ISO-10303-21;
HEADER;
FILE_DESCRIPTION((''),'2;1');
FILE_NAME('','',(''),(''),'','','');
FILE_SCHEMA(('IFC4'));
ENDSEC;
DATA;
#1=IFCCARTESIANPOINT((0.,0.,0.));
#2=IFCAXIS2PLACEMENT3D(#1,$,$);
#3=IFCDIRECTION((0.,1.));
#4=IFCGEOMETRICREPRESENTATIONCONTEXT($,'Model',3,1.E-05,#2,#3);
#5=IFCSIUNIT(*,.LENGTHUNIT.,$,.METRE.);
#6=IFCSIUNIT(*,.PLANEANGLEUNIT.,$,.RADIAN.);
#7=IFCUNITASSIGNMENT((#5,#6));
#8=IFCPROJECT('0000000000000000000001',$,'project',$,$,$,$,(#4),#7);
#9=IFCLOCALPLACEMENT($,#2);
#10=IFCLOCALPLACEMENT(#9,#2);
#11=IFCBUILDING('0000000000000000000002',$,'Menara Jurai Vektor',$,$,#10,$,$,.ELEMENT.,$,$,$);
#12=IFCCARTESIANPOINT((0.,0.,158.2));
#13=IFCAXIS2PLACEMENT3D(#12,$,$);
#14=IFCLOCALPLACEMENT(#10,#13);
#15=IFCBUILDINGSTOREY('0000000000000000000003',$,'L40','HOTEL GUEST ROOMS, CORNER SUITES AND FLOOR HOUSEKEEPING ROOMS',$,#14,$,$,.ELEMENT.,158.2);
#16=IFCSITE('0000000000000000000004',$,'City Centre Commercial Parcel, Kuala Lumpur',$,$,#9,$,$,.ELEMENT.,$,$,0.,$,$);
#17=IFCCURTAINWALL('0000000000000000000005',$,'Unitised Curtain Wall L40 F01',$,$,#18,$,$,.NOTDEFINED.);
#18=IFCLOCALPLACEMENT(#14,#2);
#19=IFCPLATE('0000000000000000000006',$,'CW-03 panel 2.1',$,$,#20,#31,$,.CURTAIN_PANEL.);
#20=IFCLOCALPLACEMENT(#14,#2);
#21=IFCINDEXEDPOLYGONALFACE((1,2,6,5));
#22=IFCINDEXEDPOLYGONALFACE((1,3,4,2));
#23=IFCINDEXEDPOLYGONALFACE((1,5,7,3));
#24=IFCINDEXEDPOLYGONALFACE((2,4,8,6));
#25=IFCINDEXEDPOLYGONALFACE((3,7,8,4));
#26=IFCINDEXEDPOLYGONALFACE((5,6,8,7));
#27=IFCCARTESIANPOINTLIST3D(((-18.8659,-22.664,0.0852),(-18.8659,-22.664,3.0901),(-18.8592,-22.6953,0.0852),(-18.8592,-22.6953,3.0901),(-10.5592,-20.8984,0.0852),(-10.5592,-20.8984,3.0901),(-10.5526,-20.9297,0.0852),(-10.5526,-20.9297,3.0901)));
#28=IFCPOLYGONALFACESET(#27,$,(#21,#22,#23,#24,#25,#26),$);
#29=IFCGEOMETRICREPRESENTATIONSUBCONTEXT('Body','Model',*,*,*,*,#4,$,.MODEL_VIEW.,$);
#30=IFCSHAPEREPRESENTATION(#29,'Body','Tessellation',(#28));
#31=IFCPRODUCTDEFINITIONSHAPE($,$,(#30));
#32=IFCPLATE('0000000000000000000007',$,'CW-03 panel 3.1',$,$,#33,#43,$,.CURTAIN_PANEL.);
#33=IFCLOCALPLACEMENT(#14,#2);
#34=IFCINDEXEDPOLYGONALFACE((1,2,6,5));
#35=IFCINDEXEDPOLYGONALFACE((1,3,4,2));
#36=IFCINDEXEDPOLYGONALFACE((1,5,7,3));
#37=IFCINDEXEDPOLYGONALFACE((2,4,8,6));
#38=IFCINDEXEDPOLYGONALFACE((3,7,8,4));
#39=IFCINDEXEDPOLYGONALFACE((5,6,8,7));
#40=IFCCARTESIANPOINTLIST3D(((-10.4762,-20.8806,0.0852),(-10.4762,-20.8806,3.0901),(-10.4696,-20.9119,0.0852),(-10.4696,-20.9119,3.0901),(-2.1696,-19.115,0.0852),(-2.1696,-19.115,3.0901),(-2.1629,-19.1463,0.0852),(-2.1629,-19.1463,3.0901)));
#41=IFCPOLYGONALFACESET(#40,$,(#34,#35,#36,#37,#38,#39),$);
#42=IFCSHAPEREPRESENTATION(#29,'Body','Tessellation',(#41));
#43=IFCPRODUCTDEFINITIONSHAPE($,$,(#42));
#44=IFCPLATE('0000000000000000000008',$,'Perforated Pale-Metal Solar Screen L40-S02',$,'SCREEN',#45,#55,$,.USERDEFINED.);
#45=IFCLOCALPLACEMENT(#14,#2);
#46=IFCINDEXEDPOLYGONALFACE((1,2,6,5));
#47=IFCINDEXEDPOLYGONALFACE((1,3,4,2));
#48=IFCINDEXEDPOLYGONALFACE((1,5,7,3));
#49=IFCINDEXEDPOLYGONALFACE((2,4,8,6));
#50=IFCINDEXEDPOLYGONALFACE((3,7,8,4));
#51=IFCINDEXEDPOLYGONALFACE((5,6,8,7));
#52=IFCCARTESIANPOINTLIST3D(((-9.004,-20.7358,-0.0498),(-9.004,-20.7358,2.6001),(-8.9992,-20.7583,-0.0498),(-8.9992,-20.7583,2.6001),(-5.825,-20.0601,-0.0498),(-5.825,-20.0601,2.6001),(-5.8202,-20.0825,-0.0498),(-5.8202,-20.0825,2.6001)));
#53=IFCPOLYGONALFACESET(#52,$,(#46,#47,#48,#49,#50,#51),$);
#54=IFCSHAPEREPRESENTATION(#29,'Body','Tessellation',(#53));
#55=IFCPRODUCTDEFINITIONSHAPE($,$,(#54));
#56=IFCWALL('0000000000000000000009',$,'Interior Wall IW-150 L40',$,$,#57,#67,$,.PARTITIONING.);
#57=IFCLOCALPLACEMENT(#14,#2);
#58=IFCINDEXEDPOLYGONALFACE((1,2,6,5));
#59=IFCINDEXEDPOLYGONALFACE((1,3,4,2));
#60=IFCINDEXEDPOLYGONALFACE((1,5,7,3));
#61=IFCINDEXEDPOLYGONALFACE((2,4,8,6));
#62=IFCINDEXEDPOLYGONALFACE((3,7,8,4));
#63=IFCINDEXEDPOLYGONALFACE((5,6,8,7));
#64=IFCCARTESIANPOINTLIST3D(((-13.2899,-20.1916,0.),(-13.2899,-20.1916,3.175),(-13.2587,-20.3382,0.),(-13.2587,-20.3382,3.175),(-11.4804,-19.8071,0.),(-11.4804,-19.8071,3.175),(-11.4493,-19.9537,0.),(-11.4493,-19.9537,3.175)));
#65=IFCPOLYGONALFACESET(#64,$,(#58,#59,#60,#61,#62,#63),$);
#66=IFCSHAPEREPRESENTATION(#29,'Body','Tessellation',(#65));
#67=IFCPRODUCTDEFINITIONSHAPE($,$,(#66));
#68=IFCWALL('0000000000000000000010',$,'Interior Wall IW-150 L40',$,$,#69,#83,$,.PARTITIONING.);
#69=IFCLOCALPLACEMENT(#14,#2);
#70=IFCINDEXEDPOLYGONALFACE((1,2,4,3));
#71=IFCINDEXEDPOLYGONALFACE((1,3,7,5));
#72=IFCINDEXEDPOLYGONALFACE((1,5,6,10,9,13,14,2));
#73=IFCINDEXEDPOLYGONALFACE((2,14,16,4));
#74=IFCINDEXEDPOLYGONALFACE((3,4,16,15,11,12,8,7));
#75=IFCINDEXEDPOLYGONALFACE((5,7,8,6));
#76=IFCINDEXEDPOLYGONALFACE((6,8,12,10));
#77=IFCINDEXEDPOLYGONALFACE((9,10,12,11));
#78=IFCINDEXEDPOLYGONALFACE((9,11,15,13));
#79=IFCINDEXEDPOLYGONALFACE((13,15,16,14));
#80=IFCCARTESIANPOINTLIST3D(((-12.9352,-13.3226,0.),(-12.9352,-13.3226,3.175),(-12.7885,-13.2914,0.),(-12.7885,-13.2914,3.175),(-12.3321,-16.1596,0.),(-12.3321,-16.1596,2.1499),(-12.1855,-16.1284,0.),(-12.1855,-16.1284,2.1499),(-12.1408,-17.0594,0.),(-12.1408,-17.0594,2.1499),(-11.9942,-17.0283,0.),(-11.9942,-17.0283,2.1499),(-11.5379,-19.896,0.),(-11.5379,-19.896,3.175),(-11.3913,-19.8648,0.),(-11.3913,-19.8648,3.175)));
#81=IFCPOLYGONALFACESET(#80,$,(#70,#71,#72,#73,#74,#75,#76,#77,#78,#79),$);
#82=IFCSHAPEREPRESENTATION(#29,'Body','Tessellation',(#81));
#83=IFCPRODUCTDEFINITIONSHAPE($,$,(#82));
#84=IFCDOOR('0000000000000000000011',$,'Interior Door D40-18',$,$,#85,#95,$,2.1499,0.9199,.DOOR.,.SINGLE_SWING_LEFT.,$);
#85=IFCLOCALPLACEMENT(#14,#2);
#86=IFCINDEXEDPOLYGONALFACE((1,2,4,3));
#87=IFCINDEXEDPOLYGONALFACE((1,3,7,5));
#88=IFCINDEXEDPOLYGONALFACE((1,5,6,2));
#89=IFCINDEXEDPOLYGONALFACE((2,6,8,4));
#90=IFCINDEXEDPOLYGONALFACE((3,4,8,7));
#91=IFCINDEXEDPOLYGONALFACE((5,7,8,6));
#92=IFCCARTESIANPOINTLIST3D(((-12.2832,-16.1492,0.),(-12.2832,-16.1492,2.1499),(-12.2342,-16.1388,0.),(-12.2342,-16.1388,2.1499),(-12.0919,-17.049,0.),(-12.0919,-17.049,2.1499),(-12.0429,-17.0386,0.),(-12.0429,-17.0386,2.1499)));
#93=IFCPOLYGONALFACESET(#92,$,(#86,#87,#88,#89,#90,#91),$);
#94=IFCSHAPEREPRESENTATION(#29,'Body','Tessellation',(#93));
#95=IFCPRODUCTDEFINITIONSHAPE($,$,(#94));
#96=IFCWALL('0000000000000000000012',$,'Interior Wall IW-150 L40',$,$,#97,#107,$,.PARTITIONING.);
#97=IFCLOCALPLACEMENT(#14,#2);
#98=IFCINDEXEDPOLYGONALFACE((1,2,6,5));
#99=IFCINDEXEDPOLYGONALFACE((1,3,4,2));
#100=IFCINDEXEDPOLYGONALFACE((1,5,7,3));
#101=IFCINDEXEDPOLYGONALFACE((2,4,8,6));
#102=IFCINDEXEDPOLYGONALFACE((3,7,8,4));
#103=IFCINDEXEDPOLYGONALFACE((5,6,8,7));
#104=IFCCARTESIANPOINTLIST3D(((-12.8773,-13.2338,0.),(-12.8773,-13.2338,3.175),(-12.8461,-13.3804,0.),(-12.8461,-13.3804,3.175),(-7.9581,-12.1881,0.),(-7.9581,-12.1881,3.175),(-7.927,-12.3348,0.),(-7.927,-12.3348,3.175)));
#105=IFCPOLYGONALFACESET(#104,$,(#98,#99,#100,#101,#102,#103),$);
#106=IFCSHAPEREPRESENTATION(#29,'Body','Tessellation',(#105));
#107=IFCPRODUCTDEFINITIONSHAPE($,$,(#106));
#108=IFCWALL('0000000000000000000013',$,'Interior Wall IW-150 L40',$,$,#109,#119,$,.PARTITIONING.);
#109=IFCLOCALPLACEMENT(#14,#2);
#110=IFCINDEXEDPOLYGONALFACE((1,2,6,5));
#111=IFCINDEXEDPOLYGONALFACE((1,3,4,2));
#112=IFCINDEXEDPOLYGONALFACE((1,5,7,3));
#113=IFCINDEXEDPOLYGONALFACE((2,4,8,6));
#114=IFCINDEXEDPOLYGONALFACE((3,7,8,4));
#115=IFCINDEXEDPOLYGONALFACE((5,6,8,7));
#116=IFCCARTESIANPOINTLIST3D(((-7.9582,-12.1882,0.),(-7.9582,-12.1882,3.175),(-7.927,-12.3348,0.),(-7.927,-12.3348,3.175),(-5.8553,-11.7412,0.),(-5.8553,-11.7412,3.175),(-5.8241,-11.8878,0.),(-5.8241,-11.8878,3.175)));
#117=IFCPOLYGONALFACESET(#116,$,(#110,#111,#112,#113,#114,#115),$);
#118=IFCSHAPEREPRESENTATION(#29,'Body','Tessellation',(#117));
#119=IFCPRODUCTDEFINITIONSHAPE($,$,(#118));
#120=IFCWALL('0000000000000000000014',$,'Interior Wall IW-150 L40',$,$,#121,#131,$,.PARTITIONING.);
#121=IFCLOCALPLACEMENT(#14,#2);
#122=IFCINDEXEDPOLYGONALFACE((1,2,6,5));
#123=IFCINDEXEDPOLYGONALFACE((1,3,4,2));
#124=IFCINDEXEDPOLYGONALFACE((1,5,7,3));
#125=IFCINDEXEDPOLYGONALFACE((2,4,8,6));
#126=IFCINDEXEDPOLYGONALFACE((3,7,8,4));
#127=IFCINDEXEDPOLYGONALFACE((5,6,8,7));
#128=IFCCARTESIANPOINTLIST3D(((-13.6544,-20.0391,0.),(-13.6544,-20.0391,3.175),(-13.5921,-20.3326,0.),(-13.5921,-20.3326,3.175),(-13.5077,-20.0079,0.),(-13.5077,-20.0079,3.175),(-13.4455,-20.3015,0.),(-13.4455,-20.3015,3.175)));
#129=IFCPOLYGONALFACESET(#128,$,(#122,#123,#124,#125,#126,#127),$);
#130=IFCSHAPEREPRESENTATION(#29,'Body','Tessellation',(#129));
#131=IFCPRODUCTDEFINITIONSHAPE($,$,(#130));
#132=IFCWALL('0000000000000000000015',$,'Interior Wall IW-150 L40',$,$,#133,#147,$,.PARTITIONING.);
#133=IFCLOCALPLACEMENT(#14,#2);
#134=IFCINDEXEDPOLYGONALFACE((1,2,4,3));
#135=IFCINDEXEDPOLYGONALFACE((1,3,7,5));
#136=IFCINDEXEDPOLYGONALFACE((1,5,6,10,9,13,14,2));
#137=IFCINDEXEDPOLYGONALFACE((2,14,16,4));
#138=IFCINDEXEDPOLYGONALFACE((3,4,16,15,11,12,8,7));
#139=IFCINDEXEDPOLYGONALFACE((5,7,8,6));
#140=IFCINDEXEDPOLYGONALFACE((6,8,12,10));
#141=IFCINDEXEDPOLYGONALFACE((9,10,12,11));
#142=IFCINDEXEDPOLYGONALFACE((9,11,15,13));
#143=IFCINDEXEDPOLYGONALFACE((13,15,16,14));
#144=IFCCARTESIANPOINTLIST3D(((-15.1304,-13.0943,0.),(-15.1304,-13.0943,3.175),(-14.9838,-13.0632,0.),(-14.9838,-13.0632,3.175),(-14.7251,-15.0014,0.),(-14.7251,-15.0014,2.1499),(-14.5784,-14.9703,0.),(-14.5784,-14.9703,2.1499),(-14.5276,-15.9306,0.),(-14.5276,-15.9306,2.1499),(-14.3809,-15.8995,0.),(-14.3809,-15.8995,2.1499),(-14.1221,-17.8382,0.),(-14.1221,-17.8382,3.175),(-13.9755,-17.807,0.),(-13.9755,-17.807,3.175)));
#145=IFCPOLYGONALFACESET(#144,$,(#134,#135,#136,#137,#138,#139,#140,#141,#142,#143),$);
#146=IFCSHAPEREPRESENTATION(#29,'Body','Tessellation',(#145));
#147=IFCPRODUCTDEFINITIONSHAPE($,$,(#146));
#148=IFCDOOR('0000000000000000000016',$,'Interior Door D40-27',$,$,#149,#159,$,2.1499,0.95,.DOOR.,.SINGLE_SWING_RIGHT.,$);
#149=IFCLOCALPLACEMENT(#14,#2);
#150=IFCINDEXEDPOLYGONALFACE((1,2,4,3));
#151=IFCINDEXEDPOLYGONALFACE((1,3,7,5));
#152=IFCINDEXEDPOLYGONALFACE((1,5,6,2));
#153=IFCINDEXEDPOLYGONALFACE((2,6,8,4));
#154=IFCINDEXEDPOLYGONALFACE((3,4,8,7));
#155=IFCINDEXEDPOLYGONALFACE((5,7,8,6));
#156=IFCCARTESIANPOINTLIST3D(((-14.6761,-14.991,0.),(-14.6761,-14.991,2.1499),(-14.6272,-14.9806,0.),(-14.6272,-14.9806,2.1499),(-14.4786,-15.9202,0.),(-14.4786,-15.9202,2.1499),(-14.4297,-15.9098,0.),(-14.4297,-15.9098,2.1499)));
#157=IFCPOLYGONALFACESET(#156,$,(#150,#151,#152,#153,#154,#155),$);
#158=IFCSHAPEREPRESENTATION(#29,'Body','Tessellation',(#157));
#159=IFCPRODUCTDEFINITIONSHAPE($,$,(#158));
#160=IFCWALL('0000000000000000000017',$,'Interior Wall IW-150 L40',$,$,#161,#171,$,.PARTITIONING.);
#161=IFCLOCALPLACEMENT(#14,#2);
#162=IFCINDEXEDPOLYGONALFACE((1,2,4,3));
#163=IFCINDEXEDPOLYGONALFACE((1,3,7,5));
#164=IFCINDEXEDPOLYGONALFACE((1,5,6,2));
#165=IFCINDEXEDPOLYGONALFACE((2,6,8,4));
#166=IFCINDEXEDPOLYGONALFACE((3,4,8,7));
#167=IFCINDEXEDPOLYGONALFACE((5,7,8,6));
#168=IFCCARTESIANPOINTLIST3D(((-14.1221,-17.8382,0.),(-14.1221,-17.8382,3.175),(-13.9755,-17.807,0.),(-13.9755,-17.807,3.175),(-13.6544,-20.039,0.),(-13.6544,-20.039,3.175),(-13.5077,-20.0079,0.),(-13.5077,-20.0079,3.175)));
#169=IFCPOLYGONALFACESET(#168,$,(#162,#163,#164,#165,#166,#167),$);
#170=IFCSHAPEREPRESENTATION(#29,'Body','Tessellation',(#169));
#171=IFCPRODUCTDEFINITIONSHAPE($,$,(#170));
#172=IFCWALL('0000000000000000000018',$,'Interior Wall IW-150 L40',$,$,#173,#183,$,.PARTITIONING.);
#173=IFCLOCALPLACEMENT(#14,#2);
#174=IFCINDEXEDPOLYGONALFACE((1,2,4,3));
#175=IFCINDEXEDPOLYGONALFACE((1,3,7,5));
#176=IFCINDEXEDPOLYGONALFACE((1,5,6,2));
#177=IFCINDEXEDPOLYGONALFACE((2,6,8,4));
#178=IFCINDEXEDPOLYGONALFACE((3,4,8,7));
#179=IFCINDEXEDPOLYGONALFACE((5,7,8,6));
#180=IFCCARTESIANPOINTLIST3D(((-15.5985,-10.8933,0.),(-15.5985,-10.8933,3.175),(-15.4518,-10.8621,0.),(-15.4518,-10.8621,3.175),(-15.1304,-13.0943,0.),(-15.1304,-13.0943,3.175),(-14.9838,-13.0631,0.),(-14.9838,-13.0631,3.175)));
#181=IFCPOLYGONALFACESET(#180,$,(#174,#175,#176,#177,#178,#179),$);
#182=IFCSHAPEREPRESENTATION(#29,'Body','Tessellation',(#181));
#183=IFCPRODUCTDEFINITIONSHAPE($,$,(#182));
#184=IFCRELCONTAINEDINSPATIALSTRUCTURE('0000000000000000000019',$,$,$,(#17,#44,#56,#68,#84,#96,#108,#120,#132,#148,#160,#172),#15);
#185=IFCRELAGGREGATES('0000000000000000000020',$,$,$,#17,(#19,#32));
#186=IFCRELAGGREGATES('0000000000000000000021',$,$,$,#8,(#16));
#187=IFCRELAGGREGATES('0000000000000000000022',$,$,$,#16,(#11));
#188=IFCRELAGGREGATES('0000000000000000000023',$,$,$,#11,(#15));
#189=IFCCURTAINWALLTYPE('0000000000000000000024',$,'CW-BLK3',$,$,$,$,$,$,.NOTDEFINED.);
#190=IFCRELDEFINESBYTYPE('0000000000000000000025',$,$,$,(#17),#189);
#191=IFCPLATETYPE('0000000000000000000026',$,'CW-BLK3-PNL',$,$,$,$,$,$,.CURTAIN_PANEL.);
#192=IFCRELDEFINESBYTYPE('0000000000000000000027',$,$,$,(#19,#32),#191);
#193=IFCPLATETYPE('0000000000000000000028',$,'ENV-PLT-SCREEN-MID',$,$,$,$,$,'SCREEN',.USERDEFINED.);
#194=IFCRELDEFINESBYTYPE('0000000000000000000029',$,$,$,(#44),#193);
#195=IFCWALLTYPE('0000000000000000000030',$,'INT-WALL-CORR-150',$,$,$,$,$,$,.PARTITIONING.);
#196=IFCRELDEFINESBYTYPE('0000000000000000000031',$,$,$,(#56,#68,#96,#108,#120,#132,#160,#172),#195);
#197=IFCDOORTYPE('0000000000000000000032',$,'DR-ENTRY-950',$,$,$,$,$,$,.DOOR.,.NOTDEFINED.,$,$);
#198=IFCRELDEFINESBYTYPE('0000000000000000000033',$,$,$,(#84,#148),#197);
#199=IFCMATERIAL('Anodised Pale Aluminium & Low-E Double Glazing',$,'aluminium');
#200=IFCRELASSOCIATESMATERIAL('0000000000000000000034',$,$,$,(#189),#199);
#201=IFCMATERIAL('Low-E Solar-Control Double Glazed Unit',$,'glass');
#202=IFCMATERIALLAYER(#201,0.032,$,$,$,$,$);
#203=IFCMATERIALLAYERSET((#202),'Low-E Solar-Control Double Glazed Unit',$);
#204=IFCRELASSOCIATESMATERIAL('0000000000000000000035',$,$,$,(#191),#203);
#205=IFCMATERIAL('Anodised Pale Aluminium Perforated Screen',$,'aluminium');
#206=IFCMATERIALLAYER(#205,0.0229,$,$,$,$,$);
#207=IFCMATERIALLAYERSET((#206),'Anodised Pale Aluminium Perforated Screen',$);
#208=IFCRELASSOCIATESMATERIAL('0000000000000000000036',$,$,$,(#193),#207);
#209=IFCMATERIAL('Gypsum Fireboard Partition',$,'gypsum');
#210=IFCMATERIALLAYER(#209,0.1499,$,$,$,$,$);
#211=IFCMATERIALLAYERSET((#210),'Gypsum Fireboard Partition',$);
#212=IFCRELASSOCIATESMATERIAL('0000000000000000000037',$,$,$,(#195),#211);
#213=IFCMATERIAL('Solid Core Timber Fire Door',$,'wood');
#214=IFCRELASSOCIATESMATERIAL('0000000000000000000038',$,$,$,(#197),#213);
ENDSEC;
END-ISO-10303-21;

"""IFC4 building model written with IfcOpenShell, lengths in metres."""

from ifc_helpers import new_model, si_unit, direction, frame, frame_2d, origin, origin_2d, place, context, subcontext, project, spatial, rectangle, extrude, material, layer, layer_set, type_object, element, fill, aggregate, save


model = new_model("IFC4")

# Units and contexts
model_context = context("Model", 3, precision=1e-05, world=origin(), true_north=direction((0.0, 1.0)))
body_context = subcontext(model_context, "Body", "Model", "MODEL_VIEW")
ifc_project = project(units=[si_unit("LENGTHUNIT", "METRE"), si_unit("PLANEANGLEUNIT", "RADIAN")], contexts=[model_context])

# Site, building, storey
site_placement = place(None, origin())
site = spatial("IfcSite", under=ifc_project, at=site_placement, Name="City Centre Commercial Parcel, Kuala Lumpur", CompositionType="ELEMENT", RefElevation=0.0)
building_placement = place(site_placement, origin())
building = spatial("IfcBuilding", under=site, at=building_placement, Name="Menara Jurai Vektor", CompositionType="ELEMENT")
storey_placement = place(building_placement, frame((0.0, 0.0, 158.2)))
storey = spatial("IfcBuildingStorey", under=building, at=storey_placement, Name="L40", Description="HOTEL GUEST ROOMS, CORNER SUITES AND FLOOR HOUSEKEEPING ROOMS", CompositionType="ELEMENT", Elevation=158.2)

# Curtain wall
ifc_material_1 = material(Name="Anodised Pale Aluminium & Low-E Double Glazing", Category="aluminium")
curtain_wall_type = type_object("IfcCurtainWallType", Name="CW-BLK3", PredefinedType="NOTDEFINED", material=ifc_material_1)
curtain_wall_placement = place(storey_placement, origin())
curtain_wall = element("IfcCurtainWall", 1, at=curtain_wall_placement, inside=storey, type_object=curtain_wall_type, Name="Unitised Curtain Wall L40 F01", PredefinedType="NOTDEFINED")

# Plates
ifc_material_2 = material(Name="Low-E Solar-Control Double Glazed Unit", Category="glass")
ifc_layer_1 = layer(ifc_material_2, 0.032)
ifc_layer_set_1 = layer_set([ifc_layer_1], Name="Low-E Solar-Control Double Glazed Unit")
plate_type_1 = type_object("IfcPlateType", Name="CW-BLK3-PNL", PredefinedType="CURTAIN_PANEL", material=ifc_layer_set_1)
plate_1_placement = place(storey_placement, frame((-14.7092, -21.7969, 0.0852), z_axis=(0.0, 0.0, 1.0), x_axis=(0.978148, 0.207911, 0.0)))
plate_1 = element("IfcPlate", 2, at=plate_1_placement, type_object=plate_type_1, Name="CW-03 panel 2.1", PredefinedType="CURTAIN_PANEL", context=body_context, shape_type="SweptSolid", body=[
    extrude(rectangle(XDim=8.4922, YDim=0.032, at=origin_2d()), origin(), (0.0, 0.0, 1.0), 3.0049),
])
plate_2_placement = place(storey_placement, frame((-6.3196, -20.0134, 0.0852), z_axis=(0.0, 0.0, 1.0), x_axis=(0.978148, 0.207911, 0.0)))
plate_2 = element("IfcPlate", 3, at=plate_2_placement, type_object=plate_type_1, Name="CW-03 panel 3.1", PredefinedType="CURTAIN_PANEL", context=body_context, shape_type="SweptSolid", body=[
    extrude(rectangle(XDim=8.4922, YDim=0.032, at=origin_2d()), origin(), (0.0, 0.0, 1.0), 3.0049),
])
aggregate(curtain_wall, [plate_1, plate_2])
ifc_material_3 = material(Name="Anodised Pale Aluminium Perforated Screen", Category="aluminium")
ifc_layer_2 = layer(ifc_material_3, 0.0229)
ifc_layer_set_2 = layer_set([ifc_layer_2], Name="Anodised Pale Aluminium Perforated Screen")
plate_type_2 = type_object("IfcPlateType", Name="ENV-PLT-SCREEN-MID", ElementType="SCREEN", PredefinedType="USERDEFINED", material=ifc_layer_set_2)
plate_3_placement = place(storey_placement, frame((-7.4121, -20.4092, -0.0498), z_axis=(0.0, 0.0, 1.0), x_axis=(0.978148, 0.207912, 0.0)))
element("IfcPlate", 4, at=plate_3_placement, inside=storey, type_object=plate_type_2, Name="Perforated Pale-Metal Solar Screen L40-S02", ObjectType="SCREEN", PredefinedType="USERDEFINED", context=body_context, shape_type="SweptSolid", body=[
    extrude(rectangle(XDim=3.25, YDim=0.0229, at=origin_2d()), origin(), (0.0, 0.0, 1.0), 2.6499),
])

# Wall
ifc_material_4 = material(Name="Gypsum Fireboard Partition", Category="gypsum")
ifc_layer_3 = layer(ifc_material_4, 0.1499)
ifc_layer_set_3 = layer_set([ifc_layer_3], Name="Gypsum Fireboard Partition")
wall_type = type_object("IfcWallType", Name="INT-WALL-CORR-150", PredefinedType="PARTITIONING", material=ifc_layer_set_3)
wall_1_placement = place(storey_placement, frame((-13.2742, -20.2649, 0.0), z_axis=(0.0, 0.0, 1.0), x_axis=(0.97816, 0.207852, 0.0)))
element("IfcWall", 5, at=wall_1_placement, inside=storey, type_object=wall_type, Name="Interior Wall IW-150 L40", PredefinedType="PARTITIONING", context=body_context, shape_type="SweptSolid", body=[
    extrude(rectangle(XDim=1.8499, YDim=0.1499, at=frame_2d((0.9248, 0.0))), origin(), (0.0, 0.0, 1.0), 3.175),
])

# Wall, opening, door
wall_2_placement = place(storey_placement, frame((-11.4646, -19.8804, 0.0), z_axis=(0.0, 0.0, 1.0), x_axis=(-0.207916, 0.978147, 0.0)))
wall_2 = element("IfcWall", 6, at=wall_2_placement, inside=storey, type_object=wall_type, Name="Interior Wall IW-150 L40", PredefinedType="PARTITIONING", context=body_context, shape_type="SweptSolid", body=[
    extrude(rectangle(XDim=6.7202, YDim=0.1499, at=frame_2d((3.3601, 0.0))), origin(), (0.0, 0.0, 1.0), 3.175),
])
opening_1_placement = place(wall_2_placement, frame((2.8999, 0.0, 0.0)))
opening_1 = element("IfcOpeningElement", 7, at=opening_1_placement, cuts=wall_2, PredefinedType="OPENING", context=body_context, shape_type="SweptSolid", body=[
    extrude(rectangle(XDim=0.9199, YDim=2.1499, at=frame_2d((0.46, 1.075))), frame((0.0, 0.085, 0.0), z_axis=(0.0, -1.0, 0.0), x_axis=(1.0, 0.0, 0.0)), (0.0, 0.0, 1.0), 0.1699),
])
ifc_material_5 = material(Name="Solid Core Timber Fire Door", Category="wood")
door_type_1 = type_object("IfcDoorType", Name="DR-ENTRY-950", OperationType="NOTDEFINED", PredefinedType="DOOR", material=ifc_material_5)
door_1_placement = place(opening_1_placement, origin())
door_1 = element("IfcDoor", 8, at=door_1_placement, inside=storey, type_object=door_type_1, Name="Interior Door D40-18", OperationType="SINGLE_SWING_LEFT", OverallHeight=2.1499, OverallWidth=0.9199, PredefinedType="DOOR", context=body_context, shape_type="SweptSolid", body=[
    extrude(rectangle(XDim=0.9199, YDim=2.1499, at=frame_2d((0.46, 1.075))), frame((0.0, 0.0249, 0.0), z_axis=(0.0, -1.0, 0.0), x_axis=(1.0, 0.0, 0.0)), (0.0, 0.0, 1.0), 0.05),
])
fill(opening_1, door_1)

# Walls
wall_3_placement = place(storey_placement, frame((-12.8618, -13.3071, 0.0), z_axis=(0.0, 0.0, 1.0), x_axis=(0.978146, 0.207921, 0.0)))
element("IfcWall", 9, at=wall_3_placement, inside=storey, type_object=wall_type, Name="Interior Wall IW-150 L40", PredefinedType="PARTITIONING", context=body_context, shape_type="SweptSolid", body=[
    extrude(rectangle(XDim=5.0291, YDim=0.1499, at=frame_2d((2.5146, 0.0))), origin(), (0.0, 0.0, 1.0), 3.175),
])
wall_4_placement = place(storey_placement, frame((-7.9426, -12.2615, 0.0), z_axis=(0.0, 0.0, 1.0), x_axis=(0.978147, 0.207916, 0.0)))
element("IfcWall", 10, at=wall_4_placement, inside=storey, type_object=wall_type, Name="Interior Wall IW-150 L40", PredefinedType="PARTITIONING", context=body_context, shape_type="SweptSolid", body=[
    extrude(rectangle(XDim=2.1499, YDim=0.1499, at=frame_2d((1.075, 0.0))), origin(), (0.0, 0.0, 1.0), 3.175),
])
wall_5_placement = place(storey_placement, frame((-13.5188, -20.3169, 0.0), z_axis=(0.0, 0.0, 1.0), x_axis=(-0.207528, 0.978229, 0.0)))
element("IfcWall", 11, at=wall_5_placement, inside=storey, type_object=wall_type, Name="Interior Wall IW-150 L40", PredefinedType="PARTITIONING", context=body_context, shape_type="SweptSolid", body=[
    extrude(rectangle(XDim=0.3, YDim=0.1499, at=frame_2d((0.1499, 0.0))), origin(), (0.0, 0.0, 1.0), 3.175),
])

# Wall, opening, door
wall_6_placement = place(storey_placement, frame((-14.0488, -17.8225, 0.0), z_axis=(0.0, 0.0, 1.0), x_axis=(-0.207903, 0.97815, 0.0)))
wall_6 = element("IfcWall", 12, at=wall_6_placement, inside=storey, type_object=wall_type, Name="Interior Wall IW-150 L40", PredefinedType="PARTITIONING", context=body_context, shape_type="SweptSolid", body=[
    extrude(rectangle(XDim=4.8499, YDim=0.1499, at=frame_2d((2.4248, 0.0))), origin(), (0.0, 0.0, 1.0), 3.175),
])
opening_2_placement = place(wall_6_placement, frame((1.95, 0.0, 0.0)))
opening_2 = element("IfcOpeningElement", 13, at=opening_2_placement, cuts=wall_6, PredefinedType="OPENING", context=body_context, shape_type="SweptSolid", body=[
    extrude(rectangle(XDim=0.95, YDim=2.1499, at=frame_2d((0.4751, 1.075))), frame((0.0, 0.085, 0.0), z_axis=(0.0, -1.0, 0.0), x_axis=(1.0, 0.0, 0.0)), (0.0, 0.0, 1.0), 0.1699),
])
door_2_placement = place(opening_2_placement, origin())
door_2 = element("IfcDoor", 14, at=door_2_placement, inside=storey, type_object=door_type_1, Name="Interior Door D40-27", OperationType="SINGLE_SWING_RIGHT", OverallHeight=2.1499, OverallWidth=0.95, PredefinedType="DOOR", context=body_context, shape_type="SweptSolid", body=[
    extrude(rectangle(XDim=0.95, YDim=2.1499, at=frame_2d((0.4751, 1.075))), frame((0.0, 0.0249, 0.0), z_axis=(0.0, -1.0, 0.0), x_axis=(1.0, 0.0, 0.0)), (0.0, 0.0, 1.0), 0.05),
])
fill(opening_2, door_2)

# Walls
wall_7_placement = place(storey_placement, frame((-13.5811, -20.0234, 0.0), z_axis=(0.0, 0.0, 1.0), x_axis=(-0.207891, 0.978152, 0.0)))
element("IfcWall", 15, at=wall_7_placement, inside=storey, type_object=wall_type, Name="Interior Wall IW-150 L40", PredefinedType="PARTITIONING", context=body_context, shape_type="SweptSolid", body=[
    extrude(rectangle(XDim=2.25, YDim=0.1499, at=frame_2d((1.125, 0.0))), origin(), (0.0, 0.0, 1.0), 3.175),
])
wall_8_placement = place(storey_placement, frame((-15.0571, -13.0786, 0.0), z_axis=(0.0, 0.0, 1.0), x_axis=(-0.207995, 0.97813, 0.0)))
element("IfcWall", 16, at=wall_8_placement, inside=storey, type_object=wall_type, Name="Interior Wall IW-150 L40", PredefinedType="PARTITIONING", context=body_context, shape_type="SweptSolid", body=[
    extrude(rectangle(XDim=2.2502, YDim=0.1499, at=frame_2d((1.125, 0.0))), origin(), (0.0, 0.0, 1.0), 3.175),
])

save(model, "model.ifc")
